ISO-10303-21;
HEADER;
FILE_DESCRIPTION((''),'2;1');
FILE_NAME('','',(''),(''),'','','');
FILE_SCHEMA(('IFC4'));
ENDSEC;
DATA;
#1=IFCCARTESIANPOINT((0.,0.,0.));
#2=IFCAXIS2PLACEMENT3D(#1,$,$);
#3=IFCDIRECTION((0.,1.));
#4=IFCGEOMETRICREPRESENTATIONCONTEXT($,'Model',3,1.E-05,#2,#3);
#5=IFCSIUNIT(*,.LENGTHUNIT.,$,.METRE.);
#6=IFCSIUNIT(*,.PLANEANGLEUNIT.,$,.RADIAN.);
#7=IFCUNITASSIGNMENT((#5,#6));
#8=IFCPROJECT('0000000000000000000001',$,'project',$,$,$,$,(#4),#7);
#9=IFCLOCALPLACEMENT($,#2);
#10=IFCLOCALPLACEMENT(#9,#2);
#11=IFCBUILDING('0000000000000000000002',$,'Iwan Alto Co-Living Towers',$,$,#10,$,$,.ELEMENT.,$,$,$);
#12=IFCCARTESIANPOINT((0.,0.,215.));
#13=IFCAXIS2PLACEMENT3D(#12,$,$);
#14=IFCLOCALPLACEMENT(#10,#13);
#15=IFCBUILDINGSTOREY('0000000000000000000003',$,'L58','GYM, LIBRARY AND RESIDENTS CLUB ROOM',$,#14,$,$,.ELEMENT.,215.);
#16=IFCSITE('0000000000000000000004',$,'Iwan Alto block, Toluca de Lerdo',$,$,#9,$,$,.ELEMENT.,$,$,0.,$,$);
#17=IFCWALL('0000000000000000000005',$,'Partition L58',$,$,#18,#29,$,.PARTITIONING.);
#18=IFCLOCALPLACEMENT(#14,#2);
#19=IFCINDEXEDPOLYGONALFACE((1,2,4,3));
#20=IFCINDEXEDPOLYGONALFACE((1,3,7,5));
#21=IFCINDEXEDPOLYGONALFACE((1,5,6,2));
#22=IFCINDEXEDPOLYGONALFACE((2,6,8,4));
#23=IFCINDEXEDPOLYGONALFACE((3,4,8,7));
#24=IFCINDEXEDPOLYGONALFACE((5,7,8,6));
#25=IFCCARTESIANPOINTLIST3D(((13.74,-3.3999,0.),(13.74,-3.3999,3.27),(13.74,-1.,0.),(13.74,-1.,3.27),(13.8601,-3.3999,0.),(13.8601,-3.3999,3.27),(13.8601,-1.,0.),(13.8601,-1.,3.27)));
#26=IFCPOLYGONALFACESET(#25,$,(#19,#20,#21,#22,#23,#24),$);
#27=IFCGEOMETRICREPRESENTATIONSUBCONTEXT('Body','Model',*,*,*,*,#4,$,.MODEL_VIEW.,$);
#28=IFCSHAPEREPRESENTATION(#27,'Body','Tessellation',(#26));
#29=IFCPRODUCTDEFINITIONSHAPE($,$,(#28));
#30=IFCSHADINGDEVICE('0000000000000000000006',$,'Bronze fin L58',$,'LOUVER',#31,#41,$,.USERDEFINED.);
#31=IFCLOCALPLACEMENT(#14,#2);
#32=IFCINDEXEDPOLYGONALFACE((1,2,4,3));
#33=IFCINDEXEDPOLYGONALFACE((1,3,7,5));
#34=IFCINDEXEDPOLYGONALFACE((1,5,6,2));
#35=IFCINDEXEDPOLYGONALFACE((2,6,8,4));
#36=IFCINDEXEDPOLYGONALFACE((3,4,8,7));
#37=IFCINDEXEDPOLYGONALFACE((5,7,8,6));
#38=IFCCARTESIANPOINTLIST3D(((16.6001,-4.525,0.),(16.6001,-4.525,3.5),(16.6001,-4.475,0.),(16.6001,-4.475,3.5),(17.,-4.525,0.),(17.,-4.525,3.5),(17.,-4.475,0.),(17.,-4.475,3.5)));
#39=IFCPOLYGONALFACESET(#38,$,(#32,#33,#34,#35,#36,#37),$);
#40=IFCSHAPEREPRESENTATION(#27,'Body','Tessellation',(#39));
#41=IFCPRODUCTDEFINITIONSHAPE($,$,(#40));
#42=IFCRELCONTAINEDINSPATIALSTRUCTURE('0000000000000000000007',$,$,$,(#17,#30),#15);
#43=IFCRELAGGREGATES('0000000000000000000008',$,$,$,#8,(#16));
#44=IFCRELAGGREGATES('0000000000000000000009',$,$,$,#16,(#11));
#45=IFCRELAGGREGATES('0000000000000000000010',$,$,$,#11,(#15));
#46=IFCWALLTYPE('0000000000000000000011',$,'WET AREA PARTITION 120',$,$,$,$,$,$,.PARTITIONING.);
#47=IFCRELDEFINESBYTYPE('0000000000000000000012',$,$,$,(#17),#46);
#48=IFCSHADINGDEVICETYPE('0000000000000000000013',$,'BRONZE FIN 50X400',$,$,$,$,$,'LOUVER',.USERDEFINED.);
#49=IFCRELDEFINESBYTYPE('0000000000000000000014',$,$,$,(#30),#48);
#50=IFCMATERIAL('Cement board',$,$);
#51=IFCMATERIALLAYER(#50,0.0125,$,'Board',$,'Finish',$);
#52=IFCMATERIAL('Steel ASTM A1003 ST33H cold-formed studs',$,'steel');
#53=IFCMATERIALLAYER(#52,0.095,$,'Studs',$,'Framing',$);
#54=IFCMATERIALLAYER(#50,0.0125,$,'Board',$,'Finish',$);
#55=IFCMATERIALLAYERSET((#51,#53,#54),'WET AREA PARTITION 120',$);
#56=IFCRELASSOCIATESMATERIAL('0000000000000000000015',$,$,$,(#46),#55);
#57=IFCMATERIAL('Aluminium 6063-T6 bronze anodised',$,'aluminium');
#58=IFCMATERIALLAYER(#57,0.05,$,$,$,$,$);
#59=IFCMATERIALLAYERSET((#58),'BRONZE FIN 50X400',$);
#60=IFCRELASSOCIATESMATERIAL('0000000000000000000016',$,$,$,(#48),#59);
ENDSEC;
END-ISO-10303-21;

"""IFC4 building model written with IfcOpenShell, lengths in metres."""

from ifc_helpers import new_model, si_unit, direction, frame, frame_2d, origin, origin_2d, place, context, subcontext, project, spatial, rectangle, extrude, material, layer, layer_set, type_object, element, save


model = new_model("IFC4")

# Units and contexts
model_context = context("Model", 3, precision=1e-05, world=origin(), true_north=direction((0.0, 1.0)))
body_context = subcontext(model_context, "Body", "Model", "MODEL_VIEW")
ifc_project = project(units=[si_unit("LENGTHUNIT", "METRE"), si_unit("PLANEANGLEUNIT", "RADIAN")], contexts=[model_context])

# Site, building, storey
site_placement = place(None, origin())
site = spatial("IfcSite", under=ifc_project, at=site_placement, Name="Iwan Alto block, Toluca de Lerdo", CompositionType="ELEMENT", RefElevation=0.0)
building_placement = place(site_placement, origin())
building = spatial("IfcBuilding", under=site, at=building_placement, Name="Iwan Alto Co-Living Towers", CompositionType="ELEMENT")
storey_placement = place(building_placement, frame((0.0, 0.0, 215.0)))
storey = spatial("IfcBuildingStorey", under=building, at=storey_placement, Name="L58", Description="GYM, LIBRARY AND RESIDENTS CLUB ROOM", CompositionType="ELEMENT", Elevation=215.0)

# Wall
ifc_material_1 = material(Name="Cement board")
ifc_layer_1 = layer(ifc_material_1, 0.0125, Name="Board", Category="Finish")
ifc_material_2 = material(Name="Steel ASTM A1003 ST33H cold-formed studs", Category="steel")
ifc_layer_2 = layer(ifc_material_2, 0.095, Name="Studs", Category="Framing")
ifc_layer_3 = layer(ifc_material_1, 0.0125, Name="Board", Category="Finish")
ifc_layer_set_1 = layer_set([ifc_layer_1, ifc_layer_2, ifc_layer_3], Name="WET AREA PARTITION 120")
wall_type = type_object("IfcWallType", Name="WET AREA PARTITION 120", PredefinedType="PARTITIONING", material=ifc_layer_set_1)
wall_placement = place(storey_placement, frame((13.8, -3.3999, 0.0), z_axis=(0.0, 0.0, 1.0), x_axis=(0.0, 1.0, 0.0)))
element("IfcWall", 1, at=wall_placement, inside=storey, type_object=wall_type, Name="Partition L58", PredefinedType="PARTITIONING", context=body_context, shape_type="SweptSolid", body=[
    extrude(rectangle(XDim=2.3999, YDim=0.1201, at=frame_2d((1.2, 0.0))), origin(), (0.0, 0.0, 1.0), 3.27),
])

# Shading device
ifc_material_3 = material(Name="Aluminium 6063-T6 bronze anodised", Category="aluminium")
ifc_layer_4 = layer(ifc_material_3, 0.05)
ifc_layer_set_2 = layer_set([ifc_layer_4], Name="BRONZE FIN 50X400")
shading_device_type = type_object("IfcShadingDeviceType", Name="BRONZE FIN 50X400", ElementType="LOUVER", PredefinedType="USERDEFINED", material=ifc_layer_set_2)
shading_device_placement = place(storey_placement, frame((16.8, -4.5, 0.0), z_axis=(0.0, 0.0, 1.0), x_axis=(0.0, 1.0, 0.0)))
element("IfcShadingDevice", 2, at=shading_device_placement, inside=storey, type_object=shading_device_type, Name="Bronze fin L58", ObjectType="LOUVER", PredefinedType="USERDEFINED", context=body_context, shape_type="SweptSolid", body=[
    extrude(rectangle(XDim=0.05, YDim=0.3999, at=origin_2d()), origin(), (0.0, 0.0, 1.0), 3.5),
])

save(model, "model.ifc")
